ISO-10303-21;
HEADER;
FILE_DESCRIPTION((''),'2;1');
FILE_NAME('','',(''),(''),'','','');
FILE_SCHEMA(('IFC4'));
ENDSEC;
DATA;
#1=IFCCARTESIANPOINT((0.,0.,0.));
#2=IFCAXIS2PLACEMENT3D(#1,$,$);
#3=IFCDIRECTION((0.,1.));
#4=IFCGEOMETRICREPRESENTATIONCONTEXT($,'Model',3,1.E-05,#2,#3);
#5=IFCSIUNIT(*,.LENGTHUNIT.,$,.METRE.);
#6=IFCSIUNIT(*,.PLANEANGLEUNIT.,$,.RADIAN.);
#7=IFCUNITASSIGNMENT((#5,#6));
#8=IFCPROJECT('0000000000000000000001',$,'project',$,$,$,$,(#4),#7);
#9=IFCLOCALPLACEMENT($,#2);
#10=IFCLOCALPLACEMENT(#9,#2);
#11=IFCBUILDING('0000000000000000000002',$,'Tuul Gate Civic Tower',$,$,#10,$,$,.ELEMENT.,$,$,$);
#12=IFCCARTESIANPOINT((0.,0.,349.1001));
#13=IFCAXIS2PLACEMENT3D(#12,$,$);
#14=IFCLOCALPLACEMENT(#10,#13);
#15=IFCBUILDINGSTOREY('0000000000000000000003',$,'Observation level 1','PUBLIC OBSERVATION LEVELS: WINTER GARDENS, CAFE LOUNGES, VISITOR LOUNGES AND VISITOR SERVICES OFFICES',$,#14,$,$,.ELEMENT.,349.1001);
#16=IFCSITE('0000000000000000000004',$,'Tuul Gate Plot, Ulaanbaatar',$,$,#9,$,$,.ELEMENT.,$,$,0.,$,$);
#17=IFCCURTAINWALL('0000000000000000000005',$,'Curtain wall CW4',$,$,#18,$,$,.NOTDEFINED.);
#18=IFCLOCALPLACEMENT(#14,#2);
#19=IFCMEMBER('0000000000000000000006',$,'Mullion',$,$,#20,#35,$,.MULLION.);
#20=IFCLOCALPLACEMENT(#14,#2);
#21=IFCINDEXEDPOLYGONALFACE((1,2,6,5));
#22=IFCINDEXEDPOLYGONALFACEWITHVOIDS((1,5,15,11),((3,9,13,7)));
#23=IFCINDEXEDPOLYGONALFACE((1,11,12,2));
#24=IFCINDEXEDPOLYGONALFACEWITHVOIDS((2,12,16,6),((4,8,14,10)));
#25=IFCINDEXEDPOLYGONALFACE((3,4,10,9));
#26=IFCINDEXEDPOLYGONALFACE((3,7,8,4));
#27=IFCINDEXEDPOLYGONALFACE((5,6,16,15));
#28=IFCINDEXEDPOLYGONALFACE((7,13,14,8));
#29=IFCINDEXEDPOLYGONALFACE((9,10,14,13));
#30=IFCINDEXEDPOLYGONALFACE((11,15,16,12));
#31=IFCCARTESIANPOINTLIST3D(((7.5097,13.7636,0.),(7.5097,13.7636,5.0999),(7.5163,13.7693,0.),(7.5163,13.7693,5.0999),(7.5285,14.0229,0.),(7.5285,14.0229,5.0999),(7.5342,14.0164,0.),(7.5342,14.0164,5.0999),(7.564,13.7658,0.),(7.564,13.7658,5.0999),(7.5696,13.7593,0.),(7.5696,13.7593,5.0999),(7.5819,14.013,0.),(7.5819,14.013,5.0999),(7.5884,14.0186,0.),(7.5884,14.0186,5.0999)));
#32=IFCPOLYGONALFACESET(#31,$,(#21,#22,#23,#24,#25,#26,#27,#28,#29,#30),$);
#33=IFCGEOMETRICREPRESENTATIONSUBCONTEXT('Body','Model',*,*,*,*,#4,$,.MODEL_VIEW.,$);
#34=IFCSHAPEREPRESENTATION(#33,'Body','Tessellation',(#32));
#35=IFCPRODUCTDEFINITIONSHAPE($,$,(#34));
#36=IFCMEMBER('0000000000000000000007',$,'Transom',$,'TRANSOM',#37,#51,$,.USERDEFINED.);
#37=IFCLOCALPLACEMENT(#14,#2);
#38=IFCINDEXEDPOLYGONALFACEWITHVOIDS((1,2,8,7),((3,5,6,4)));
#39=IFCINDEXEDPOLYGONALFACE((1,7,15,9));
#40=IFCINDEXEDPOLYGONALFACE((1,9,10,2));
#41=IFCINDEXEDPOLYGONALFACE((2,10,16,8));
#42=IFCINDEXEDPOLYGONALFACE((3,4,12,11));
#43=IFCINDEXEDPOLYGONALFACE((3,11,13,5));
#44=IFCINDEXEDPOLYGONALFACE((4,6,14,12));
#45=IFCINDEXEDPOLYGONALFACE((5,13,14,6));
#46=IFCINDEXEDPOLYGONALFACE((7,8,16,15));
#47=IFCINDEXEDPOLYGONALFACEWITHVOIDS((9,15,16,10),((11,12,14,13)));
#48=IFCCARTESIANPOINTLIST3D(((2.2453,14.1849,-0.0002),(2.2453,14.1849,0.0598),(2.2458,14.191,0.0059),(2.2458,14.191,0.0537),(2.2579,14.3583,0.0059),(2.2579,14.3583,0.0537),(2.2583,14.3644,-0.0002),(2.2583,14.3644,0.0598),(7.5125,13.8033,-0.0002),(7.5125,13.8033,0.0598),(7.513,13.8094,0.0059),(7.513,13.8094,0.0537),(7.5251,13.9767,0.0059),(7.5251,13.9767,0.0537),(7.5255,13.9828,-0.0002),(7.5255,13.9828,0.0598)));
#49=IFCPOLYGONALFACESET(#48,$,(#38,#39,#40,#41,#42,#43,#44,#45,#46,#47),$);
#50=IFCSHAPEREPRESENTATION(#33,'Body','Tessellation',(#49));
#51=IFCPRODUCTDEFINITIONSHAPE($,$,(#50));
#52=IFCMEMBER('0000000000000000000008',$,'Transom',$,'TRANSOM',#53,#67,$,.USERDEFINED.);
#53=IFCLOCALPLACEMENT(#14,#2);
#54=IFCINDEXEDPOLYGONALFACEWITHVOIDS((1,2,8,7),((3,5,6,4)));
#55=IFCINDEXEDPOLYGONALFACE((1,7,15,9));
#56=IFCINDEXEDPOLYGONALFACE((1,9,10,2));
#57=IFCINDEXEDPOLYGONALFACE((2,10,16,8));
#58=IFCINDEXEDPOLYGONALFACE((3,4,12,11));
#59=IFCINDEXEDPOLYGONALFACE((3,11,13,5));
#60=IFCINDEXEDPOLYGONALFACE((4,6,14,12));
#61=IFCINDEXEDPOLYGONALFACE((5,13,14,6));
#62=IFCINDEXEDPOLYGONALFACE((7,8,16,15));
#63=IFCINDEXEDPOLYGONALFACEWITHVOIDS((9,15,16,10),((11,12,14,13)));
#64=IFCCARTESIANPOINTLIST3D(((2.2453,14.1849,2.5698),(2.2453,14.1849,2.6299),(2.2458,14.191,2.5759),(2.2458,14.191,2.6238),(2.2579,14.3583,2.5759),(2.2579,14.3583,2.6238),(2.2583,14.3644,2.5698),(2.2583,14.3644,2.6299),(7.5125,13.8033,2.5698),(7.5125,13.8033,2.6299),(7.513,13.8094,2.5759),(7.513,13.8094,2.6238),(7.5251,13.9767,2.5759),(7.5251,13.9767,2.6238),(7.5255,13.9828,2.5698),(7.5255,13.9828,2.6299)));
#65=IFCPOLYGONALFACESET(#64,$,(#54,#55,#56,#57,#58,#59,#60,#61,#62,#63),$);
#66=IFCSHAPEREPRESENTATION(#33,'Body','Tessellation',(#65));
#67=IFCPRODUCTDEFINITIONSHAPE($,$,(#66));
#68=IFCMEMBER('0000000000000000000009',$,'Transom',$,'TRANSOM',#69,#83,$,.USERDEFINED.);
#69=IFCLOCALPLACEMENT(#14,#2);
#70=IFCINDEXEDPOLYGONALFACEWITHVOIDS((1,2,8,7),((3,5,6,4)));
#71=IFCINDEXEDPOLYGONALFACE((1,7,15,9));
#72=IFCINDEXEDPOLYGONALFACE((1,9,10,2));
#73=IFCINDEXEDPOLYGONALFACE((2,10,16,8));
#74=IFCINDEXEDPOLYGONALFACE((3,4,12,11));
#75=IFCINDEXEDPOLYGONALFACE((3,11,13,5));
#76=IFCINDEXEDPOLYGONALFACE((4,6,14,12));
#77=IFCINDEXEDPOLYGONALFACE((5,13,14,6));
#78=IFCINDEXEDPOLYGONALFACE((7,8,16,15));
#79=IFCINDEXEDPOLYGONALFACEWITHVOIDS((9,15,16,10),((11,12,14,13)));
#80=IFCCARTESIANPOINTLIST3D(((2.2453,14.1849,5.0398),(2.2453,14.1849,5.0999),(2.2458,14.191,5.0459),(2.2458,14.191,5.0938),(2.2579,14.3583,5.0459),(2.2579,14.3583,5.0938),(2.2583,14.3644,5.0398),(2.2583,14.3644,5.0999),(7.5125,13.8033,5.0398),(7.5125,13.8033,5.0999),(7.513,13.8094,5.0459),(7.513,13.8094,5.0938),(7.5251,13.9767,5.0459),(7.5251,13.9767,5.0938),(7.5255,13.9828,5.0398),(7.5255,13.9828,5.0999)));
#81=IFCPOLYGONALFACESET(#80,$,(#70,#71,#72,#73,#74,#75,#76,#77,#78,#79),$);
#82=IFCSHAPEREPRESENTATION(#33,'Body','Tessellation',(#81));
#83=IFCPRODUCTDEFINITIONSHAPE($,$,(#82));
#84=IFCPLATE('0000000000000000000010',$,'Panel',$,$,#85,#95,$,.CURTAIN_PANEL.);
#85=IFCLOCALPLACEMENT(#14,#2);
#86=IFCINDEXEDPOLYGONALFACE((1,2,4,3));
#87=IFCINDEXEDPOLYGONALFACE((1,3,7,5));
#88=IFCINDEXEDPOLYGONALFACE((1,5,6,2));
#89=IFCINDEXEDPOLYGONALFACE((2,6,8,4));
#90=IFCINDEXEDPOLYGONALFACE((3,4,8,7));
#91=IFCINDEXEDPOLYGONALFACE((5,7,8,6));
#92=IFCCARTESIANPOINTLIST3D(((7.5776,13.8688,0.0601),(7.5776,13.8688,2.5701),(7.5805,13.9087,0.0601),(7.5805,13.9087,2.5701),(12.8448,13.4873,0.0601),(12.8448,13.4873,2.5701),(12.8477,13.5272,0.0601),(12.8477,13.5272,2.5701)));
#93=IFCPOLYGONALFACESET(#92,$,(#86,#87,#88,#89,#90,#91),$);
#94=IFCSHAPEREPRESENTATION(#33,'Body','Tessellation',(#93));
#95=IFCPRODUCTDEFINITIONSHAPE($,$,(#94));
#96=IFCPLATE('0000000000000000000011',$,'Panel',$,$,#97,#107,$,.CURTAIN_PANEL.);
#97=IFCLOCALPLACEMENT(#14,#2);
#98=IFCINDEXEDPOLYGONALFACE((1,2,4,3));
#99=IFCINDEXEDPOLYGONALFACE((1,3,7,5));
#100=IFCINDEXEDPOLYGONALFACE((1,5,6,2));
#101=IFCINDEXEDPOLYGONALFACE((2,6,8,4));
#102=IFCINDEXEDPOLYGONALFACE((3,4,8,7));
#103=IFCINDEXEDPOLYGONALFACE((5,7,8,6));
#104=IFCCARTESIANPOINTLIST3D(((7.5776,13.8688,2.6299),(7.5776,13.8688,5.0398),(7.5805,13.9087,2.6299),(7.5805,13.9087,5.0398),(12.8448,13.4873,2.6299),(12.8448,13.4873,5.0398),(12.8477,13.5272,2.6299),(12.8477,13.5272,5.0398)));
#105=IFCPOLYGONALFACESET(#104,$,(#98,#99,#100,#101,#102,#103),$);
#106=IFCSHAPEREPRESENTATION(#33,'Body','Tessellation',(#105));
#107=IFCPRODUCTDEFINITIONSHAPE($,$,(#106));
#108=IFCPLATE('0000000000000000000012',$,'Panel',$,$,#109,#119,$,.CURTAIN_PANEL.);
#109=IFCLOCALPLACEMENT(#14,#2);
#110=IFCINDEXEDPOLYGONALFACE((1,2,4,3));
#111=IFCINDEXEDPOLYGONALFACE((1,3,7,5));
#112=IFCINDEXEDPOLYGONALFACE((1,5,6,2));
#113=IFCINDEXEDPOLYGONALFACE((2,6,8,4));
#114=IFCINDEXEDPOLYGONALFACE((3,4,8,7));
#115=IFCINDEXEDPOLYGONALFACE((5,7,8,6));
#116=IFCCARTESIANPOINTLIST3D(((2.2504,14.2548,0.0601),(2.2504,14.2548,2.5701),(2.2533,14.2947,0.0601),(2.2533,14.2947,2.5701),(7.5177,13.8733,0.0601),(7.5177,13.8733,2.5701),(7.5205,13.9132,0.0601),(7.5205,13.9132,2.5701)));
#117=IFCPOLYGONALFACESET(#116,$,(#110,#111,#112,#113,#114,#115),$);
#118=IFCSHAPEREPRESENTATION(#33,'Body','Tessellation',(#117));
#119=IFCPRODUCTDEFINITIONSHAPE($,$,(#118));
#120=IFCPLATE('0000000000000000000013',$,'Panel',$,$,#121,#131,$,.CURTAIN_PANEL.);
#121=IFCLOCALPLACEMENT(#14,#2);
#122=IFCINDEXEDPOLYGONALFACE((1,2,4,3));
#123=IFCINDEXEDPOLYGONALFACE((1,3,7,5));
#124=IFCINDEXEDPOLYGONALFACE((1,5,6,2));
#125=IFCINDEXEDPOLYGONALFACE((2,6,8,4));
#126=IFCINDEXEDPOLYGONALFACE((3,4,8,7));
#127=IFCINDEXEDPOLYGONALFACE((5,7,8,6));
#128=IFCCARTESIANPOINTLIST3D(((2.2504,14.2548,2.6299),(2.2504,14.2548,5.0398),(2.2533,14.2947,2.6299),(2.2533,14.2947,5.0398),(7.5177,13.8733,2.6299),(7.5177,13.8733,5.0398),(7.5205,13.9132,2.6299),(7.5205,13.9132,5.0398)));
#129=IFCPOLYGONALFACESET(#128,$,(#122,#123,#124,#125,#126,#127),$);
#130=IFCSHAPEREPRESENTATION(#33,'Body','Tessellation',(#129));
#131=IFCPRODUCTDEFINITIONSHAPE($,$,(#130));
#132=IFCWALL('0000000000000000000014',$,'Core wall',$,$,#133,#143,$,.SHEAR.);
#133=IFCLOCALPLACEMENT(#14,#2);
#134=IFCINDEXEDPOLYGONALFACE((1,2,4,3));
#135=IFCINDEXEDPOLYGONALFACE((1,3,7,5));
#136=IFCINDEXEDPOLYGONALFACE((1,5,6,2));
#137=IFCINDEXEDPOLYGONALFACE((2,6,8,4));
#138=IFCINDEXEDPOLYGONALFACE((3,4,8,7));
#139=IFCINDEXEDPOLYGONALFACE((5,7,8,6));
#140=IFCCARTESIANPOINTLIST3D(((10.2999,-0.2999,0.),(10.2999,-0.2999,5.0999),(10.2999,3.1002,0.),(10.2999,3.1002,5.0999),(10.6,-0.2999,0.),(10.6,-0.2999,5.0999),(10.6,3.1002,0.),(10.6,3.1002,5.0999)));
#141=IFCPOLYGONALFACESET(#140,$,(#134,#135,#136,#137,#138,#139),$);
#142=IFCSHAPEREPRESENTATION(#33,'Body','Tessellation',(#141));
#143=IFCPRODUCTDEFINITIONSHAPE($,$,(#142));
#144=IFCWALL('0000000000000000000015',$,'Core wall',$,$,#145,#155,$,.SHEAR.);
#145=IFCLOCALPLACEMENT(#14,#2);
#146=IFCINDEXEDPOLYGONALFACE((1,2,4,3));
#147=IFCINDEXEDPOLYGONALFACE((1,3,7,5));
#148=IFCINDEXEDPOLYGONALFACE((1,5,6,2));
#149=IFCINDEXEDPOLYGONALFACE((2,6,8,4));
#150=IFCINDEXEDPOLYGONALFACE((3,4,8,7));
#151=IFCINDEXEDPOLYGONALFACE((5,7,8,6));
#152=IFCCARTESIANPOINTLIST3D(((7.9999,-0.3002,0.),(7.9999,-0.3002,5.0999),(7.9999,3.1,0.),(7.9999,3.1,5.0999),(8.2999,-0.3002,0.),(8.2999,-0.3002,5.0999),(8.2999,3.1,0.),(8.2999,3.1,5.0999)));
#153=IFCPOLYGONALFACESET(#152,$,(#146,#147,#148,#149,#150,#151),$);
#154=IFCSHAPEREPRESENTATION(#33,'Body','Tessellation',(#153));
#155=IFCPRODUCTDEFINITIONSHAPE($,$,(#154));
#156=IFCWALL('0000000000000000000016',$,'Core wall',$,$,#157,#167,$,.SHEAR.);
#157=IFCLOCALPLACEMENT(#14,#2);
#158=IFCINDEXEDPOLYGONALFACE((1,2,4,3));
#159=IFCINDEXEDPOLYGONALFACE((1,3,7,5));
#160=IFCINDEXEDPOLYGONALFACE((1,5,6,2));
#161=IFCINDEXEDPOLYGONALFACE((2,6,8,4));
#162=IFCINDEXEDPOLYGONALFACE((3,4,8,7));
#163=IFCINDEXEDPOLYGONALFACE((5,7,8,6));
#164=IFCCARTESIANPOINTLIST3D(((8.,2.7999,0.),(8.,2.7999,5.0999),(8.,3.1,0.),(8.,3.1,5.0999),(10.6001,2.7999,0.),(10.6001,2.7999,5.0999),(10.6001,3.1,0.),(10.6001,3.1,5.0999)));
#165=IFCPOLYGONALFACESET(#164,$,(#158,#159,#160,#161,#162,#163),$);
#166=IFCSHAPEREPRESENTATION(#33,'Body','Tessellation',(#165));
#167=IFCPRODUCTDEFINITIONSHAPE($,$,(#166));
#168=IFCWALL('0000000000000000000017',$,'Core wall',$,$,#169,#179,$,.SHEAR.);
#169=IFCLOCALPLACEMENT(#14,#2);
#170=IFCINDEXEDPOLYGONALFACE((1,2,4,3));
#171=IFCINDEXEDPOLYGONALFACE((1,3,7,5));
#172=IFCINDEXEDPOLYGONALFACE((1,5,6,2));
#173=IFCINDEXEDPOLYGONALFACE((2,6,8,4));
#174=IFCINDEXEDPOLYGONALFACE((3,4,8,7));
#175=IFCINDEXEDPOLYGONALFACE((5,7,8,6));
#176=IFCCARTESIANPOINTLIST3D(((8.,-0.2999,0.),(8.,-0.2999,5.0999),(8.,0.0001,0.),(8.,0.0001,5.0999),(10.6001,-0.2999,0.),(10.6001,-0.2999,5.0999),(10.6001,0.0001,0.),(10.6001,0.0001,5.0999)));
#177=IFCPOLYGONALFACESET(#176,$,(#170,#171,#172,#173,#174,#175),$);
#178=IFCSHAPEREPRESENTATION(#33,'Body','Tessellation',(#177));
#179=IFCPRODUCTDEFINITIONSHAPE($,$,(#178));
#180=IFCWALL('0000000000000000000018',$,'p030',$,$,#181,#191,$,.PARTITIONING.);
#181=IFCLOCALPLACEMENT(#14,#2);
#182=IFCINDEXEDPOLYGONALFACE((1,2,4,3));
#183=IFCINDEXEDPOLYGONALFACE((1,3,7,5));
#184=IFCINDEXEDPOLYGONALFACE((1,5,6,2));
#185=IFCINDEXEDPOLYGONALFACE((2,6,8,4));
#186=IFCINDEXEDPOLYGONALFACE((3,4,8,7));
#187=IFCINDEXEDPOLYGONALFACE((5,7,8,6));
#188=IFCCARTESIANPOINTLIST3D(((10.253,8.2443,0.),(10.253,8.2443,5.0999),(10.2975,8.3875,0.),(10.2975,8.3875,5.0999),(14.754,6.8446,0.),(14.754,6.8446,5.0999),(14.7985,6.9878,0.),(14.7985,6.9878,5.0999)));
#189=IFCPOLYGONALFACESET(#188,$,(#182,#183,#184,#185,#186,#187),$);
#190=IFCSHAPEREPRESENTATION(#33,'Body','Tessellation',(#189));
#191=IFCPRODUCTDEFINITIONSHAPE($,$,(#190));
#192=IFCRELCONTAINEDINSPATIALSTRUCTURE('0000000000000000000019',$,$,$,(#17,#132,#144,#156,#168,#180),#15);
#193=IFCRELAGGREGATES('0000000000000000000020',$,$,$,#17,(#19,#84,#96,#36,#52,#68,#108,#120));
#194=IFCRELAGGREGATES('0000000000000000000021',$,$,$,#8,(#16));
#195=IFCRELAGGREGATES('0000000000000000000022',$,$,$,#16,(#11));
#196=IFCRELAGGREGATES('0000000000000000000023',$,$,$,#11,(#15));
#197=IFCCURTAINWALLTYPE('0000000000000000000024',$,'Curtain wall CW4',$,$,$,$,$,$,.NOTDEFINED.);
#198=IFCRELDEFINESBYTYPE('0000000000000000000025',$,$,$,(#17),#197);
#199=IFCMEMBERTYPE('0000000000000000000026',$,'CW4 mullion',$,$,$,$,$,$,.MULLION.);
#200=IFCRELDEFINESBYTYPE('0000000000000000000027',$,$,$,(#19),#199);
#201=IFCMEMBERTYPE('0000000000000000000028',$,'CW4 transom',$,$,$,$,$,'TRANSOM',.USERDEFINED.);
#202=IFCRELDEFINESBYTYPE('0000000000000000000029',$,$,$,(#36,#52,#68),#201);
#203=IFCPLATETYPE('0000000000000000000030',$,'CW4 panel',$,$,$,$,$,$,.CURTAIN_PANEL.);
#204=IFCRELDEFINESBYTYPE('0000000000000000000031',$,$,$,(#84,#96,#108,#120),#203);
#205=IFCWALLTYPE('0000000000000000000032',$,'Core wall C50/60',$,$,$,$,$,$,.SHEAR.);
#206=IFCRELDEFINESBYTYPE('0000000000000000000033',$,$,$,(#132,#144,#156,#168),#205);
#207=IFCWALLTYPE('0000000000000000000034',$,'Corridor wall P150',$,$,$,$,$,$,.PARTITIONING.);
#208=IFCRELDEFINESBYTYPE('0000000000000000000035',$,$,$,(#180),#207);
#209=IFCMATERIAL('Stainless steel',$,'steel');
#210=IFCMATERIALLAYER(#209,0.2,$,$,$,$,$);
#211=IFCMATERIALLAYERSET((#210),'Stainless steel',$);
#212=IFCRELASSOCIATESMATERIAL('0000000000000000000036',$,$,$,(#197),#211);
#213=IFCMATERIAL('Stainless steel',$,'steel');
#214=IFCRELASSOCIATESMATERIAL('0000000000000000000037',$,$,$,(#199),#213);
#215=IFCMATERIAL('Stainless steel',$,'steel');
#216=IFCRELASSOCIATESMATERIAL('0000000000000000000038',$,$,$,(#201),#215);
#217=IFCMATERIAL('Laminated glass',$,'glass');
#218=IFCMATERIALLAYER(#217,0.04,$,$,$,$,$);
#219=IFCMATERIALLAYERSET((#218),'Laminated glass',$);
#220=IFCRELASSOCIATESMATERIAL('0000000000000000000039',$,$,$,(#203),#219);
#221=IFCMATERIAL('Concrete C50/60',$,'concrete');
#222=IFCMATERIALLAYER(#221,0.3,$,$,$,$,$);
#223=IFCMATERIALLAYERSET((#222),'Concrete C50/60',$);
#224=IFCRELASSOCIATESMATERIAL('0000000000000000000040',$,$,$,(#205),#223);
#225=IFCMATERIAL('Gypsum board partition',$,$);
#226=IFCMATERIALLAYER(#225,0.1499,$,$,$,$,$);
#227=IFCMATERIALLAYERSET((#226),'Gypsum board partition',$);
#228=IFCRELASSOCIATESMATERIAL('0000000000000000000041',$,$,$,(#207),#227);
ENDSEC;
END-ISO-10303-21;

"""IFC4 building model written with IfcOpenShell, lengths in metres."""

from ifc_helpers import new_model, si_unit, direction, frame, frame_2d, origin, origin_2d, place, context, subcontext, project, spatial, rectangle, hollow_rectangle, extrude, material, layer, layer_set, material_profile, profile_set, type_object, element, aggregate, save


model = new_model("IFC4")

# Units and contexts
model_context = context("Model", 3, precision=1e-05, world=origin(), true_north=direction((0.0, 1.0)))
body_context = subcontext(model_context, "Body", "Model", "MODEL_VIEW")
ifc_project = project(units=[si_unit("LENGTHUNIT", "METRE"), si_unit("PLANEANGLEUNIT", "RADIAN")], contexts=[model_context])

# Site, building, storey
site_placement = place(None, origin())
site = spatial("IfcSite", under=ifc_project, at=site_placement, Name="Tuul Gate Plot, Ulaanbaatar", CompositionType="ELEMENT", RefElevation=0.0)
building_placement = place(site_placement, origin())
building = spatial("IfcBuilding", under=site, at=building_placement, Name="Tuul Gate Civic Tower", CompositionType="ELEMENT")
storey_placement = place(building_placement, frame((0.0, 0.0, 349.1001)))
storey = spatial("IfcBuildingStorey", under=building, at=storey_placement, Name="Observation level 1", Description="PUBLIC OBSERVATION LEVELS: WINTER GARDENS, CAFE LOUNGES, VISITOR LOUNGES AND VISITOR SERVICES OFFICES", CompositionType="ELEMENT", Elevation=349.1001)

# Curtain wall, members, plates
ifc_material_1 = material(Name="Stainless steel", Category="steel")
ifc_layer_1 = layer(ifc_material_1, 0.2)
ifc_layer_set_1 = layer_set([ifc_layer_1], Name="Stainless steel")
curtain_wall_type = type_object("IfcCurtainWallType", Name="Curtain wall CW4", PredefinedType="NOTDEFINED", material=ifc_layer_set_1)
curtain_wall_placement = place(storey_placement, origin())
curtain_wall = element("IfcCurtainWall", 1, at=curtain_wall_placement, inside=storey, type_object=curtain_wall_type, Name="Curtain wall CW4", PredefinedType="NOTDEFINED")
ifc_material_2 = material(Name="Stainless steel", Category="steel")
ifc_material_profile_1 = material_profile(ifc_material_2, hollow_rectangle(XDim=0.26, YDim=0.0601, WallThickness=0.0061, at=origin_2d()), Name="CW4 mullion")
ifc_profile_set_1 = profile_set([ifc_material_profile_1], Name="Stainless steel")
member_type_1 = type_object("IfcMemberType", Name="CW4 mullion", PredefinedType="MULLION", material=ifc_profile_set_1)
member_1_placement = place(storey_placement, frame((7.5491, 13.8911, 0.0), z_axis=(0.0, 0.0, 1.0), x_axis=(-0.072239, -0.997387, 0.0)))
member_1 = element("IfcMember", 2, at=member_1_placement, type_object=member_type_1, Name="Mullion", PredefinedType="MULLION", context=body_context, shape_type="SweptSolid", body=[
    extrude(hollow_rectangle(XDim=0.26, YDim=0.0601, WallThickness=0.0061, at=origin_2d()), origin(), (0.0, 0.0, 1.0), 5.0999),
])
ifc_material_3 = material(Name="Stainless steel", Category="steel")
ifc_material_profile_2 = material_profile(ifc_material_3, hollow_rectangle(XDim=0.1799, YDim=0.0601, WallThickness=0.0061, at=origin_2d()), Name="CW4 transom")
ifc_profile_set_2 = profile_set([ifc_material_profile_2], Name="Stainless steel")
member_type_2 = type_object("IfcMemberType", Name="CW4 transom", ElementType="TRANSOM", PredefinedType="USERDEFINED", material=ifc_profile_set_2)
member_2_placement = place(storey_placement, frame((7.519, 13.8931, 0.0298), z_axis=(-0.997386, 0.072259, 0.0), x_axis=(-0.072259, -0.997386, 0.0)))
member_2 = element("IfcMember", 3, at=member_2_placement, type_object=member_type_2, Name="Transom", ObjectType="TRANSOM", PredefinedType="USERDEFINED", context=body_context, shape_type="SweptSolid", body=[
    extrude(hollow_rectangle(XDim=0.1799, YDim=0.0601, WallThickness=0.0061, at=origin_2d()), origin(), (0.0, 0.0, 1.0), 5.281),
])
member_3_placement = place(storey_placement, frame((7.519, 13.8931, 2.5999), z_axis=(-0.997386, 0.072259, 0.0), x_axis=(-0.072259, -0.997386, 0.0)))
member_3 = element("IfcMember", 4, at=member_3_placement, type_object=member_type_2, Name="Transom", ObjectType="TRANSOM", PredefinedType="USERDEFINED", context=body_context, shape_type="SweptSolid", body=[
    extrude(hollow_rectangle(XDim=0.1799, YDim=0.0601, WallThickness=0.0061, at=origin_2d()), origin(), (0.0, 0.0, 1.0), 5.281),
])
member_4_placement = place(storey_placement, frame((7.519, 13.8931, 5.0698), z_axis=(-0.997386, 0.072259, 0.0), x_axis=(-0.072259, -0.997386, 0.0)))
member_4 = element("IfcMember", 5, at=member_4_placement, type_object=member_type_2, Name="Transom", ObjectType="TRANSOM", PredefinedType="USERDEFINED", context=body_context, shape_type="SweptSolid", body=[
    extrude(hollow_rectangle(XDim=0.1799, YDim=0.0601, WallThickness=0.0061, at=origin_2d()), origin(), (0.0, 0.0, 1.0), 5.281),
])
ifc_material_4 = material(Name="Laminated glass", Category="glass")
ifc_layer_2 = layer(ifc_material_4, 0.04)
ifc_layer_set_2 = layer_set([ifc_layer_2], Name="Laminated glass")
plate_type = type_object("IfcPlateType", Name="CW4 panel", PredefinedType="CURTAIN_PANEL", material=ifc_layer_set_2)
plate_1_placement = place(storey_placement, frame((10.2126, 13.698, 0.0601), z_axis=(0.0, 0.0, 1.0), x_axis=(-0.997387, 0.072239, 0.0)))
plate_1 = element("IfcPlate", 6, at=plate_1_placement, type_object=plate_type, Name="Panel", PredefinedType="CURTAIN_PANEL", context=body_context, shape_type="SweptSolid", body=[
    extrude(rectangle(XDim=5.281, YDim=0.04, at=origin_2d()), origin(), (0.0, 0.0, 1.0), 2.51),
])
plate_2_placement = place(storey_placement, frame((10.2126, 13.698, 2.6299), z_axis=(0.0, 0.0, 1.0), x_axis=(-0.997387, 0.072239, 0.0)))
plate_2 = element("IfcPlate", 7, at=plate_2_placement, type_object=plate_type, Name="Panel", PredefinedType="CURTAIN_PANEL", context=body_context, shape_type="SweptSolid", body=[
    extrude(rectangle(XDim=5.281, YDim=0.04, at=origin_2d()), origin(), (0.0, 0.0, 1.0), 2.4099),
])
plate_3_placement = place(storey_placement, frame((4.8855, 14.084, 0.0601), z_axis=(0.0, 0.0, 1.0), x_axis=(-0.997387, 0.072239, 0.0)))
plate_3 = element("IfcPlate", 8, at=plate_3_placement, type_object=plate_type, Name="Panel", PredefinedType="CURTAIN_PANEL", context=body_context, shape_type="SweptSolid", body=[
    extrude(rectangle(XDim=5.281, YDim=0.04, at=origin_2d()), origin(), (0.0, 0.0, 1.0), 2.51),
])
plate_4_placement = place(storey_placement, frame((4.8855, 14.084, 2.6299), z_axis=(0.0, 0.0, 1.0), x_axis=(-0.997387, 0.072239, 0.0)))
plate_4 = element("IfcPlate", 9, at=plate_4_placement, type_object=plate_type, Name="Panel", PredefinedType="CURTAIN_PANEL", context=body_context, shape_type="SweptSolid", body=[
    extrude(rectangle(XDim=5.281, YDim=0.04, at=origin_2d()), origin(), (0.0, 0.0, 1.0), 2.4099),
])
aggregate(curtain_wall, [member_1, plate_1, plate_2, member_2, member_3, member_4, plate_3, plate_4])

# Walls
ifc_material_5 = material(Name="Concrete C50/60", Category="concrete")
ifc_layer_3 = layer(ifc_material_5, 0.3)
ifc_layer_set_3 = layer_set([ifc_layer_3], Name="Concrete C50/60")
wall_type_1 = type_object("IfcWallType", Name="Core wall C50/60", PredefinedType="SHEAR", material=ifc_layer_set_3)
for number, where, z_axis, x_axis, name in (
    (10, (10.45, -0.3, 0.0), (0.0, 0.0, 1.0), (0.0, 1.0, 0.0), "Core wall"),
    (11, (8.1499, 3.1001, 0.0), (0.0, 0.0, 1.0), (0.0, -1.0, 0.0), "Core wall"),
):
    element("IfcWall", number, at=place(storey_placement, frame(where, z_axis=z_axis, x_axis=x_axis)), inside=storey, type_object=wall_type_1, Name=name, PredefinedType="SHEAR", context=body_context, shape_type="SweptSolid", body=[
        extrude(rectangle(XDim=3.4001, YDim=0.3, at=frame_2d((1.7002, 0.0))), origin(), (0.0, 0.0, 1.0), 5.0999),
    ])
for number, where, z_axis, x_axis, name in (
    (12, (10.6001, 2.95, 0.0), (0.0, 0.0, 1.0), (-1.0, 0.0, 0.0), "Core wall"),
    (13, (10.6001, -0.1499, 0.0), (0.0, 0.0, 1.0), (-1.0, 0.0, 0.0), "Core wall"),
):
    element("IfcWall", number, at=place(storey_placement, frame(where, z_axis=z_axis, x_axis=x_axis)), inside=storey, type_object=wall_type_1, Name=name, PredefinedType="SHEAR", context=body_context, shape_type="SweptSolid", body=[
        extrude(rectangle(XDim=2.6001, YDim=0.3, at=frame_2d((1.3, 0.0))), origin(), (0.0, 0.0, 1.0), 5.0999),
    ])
ifc_material_6 = material(Name="Gypsum board partition")
ifc_layer_4 = layer(ifc_material_6, 0.1499)
ifc_layer_set_4 = layer_set([ifc_layer_4], Name="Gypsum board partition")
wall_type_2 = type_object("IfcWallType", Name="Corridor wall P150", PredefinedType="PARTITIONING", material=ifc_layer_set_4)
wall_1_placement = place(storey_placement, frame((10.2751, 8.3159, 0.0), z_axis=(0.0, 0.0, 1.0), x_axis=(0.954896, -0.296942, 0.0)))
element("IfcWall", 14, at=wall_1_placement, inside=storey, type_object=wall_type_2, Name="p030", PredefinedType="PARTITIONING", context=body_context, shape_type="SweptSolid", body=[
    extrude(rectangle(XDim=4.7136, YDim=0.1499, at=frame_2d((2.3569, 0.0))), origin(), (0.0, 0.0, 1.0), 5.0999),
])

save(model, "model.ifc")
